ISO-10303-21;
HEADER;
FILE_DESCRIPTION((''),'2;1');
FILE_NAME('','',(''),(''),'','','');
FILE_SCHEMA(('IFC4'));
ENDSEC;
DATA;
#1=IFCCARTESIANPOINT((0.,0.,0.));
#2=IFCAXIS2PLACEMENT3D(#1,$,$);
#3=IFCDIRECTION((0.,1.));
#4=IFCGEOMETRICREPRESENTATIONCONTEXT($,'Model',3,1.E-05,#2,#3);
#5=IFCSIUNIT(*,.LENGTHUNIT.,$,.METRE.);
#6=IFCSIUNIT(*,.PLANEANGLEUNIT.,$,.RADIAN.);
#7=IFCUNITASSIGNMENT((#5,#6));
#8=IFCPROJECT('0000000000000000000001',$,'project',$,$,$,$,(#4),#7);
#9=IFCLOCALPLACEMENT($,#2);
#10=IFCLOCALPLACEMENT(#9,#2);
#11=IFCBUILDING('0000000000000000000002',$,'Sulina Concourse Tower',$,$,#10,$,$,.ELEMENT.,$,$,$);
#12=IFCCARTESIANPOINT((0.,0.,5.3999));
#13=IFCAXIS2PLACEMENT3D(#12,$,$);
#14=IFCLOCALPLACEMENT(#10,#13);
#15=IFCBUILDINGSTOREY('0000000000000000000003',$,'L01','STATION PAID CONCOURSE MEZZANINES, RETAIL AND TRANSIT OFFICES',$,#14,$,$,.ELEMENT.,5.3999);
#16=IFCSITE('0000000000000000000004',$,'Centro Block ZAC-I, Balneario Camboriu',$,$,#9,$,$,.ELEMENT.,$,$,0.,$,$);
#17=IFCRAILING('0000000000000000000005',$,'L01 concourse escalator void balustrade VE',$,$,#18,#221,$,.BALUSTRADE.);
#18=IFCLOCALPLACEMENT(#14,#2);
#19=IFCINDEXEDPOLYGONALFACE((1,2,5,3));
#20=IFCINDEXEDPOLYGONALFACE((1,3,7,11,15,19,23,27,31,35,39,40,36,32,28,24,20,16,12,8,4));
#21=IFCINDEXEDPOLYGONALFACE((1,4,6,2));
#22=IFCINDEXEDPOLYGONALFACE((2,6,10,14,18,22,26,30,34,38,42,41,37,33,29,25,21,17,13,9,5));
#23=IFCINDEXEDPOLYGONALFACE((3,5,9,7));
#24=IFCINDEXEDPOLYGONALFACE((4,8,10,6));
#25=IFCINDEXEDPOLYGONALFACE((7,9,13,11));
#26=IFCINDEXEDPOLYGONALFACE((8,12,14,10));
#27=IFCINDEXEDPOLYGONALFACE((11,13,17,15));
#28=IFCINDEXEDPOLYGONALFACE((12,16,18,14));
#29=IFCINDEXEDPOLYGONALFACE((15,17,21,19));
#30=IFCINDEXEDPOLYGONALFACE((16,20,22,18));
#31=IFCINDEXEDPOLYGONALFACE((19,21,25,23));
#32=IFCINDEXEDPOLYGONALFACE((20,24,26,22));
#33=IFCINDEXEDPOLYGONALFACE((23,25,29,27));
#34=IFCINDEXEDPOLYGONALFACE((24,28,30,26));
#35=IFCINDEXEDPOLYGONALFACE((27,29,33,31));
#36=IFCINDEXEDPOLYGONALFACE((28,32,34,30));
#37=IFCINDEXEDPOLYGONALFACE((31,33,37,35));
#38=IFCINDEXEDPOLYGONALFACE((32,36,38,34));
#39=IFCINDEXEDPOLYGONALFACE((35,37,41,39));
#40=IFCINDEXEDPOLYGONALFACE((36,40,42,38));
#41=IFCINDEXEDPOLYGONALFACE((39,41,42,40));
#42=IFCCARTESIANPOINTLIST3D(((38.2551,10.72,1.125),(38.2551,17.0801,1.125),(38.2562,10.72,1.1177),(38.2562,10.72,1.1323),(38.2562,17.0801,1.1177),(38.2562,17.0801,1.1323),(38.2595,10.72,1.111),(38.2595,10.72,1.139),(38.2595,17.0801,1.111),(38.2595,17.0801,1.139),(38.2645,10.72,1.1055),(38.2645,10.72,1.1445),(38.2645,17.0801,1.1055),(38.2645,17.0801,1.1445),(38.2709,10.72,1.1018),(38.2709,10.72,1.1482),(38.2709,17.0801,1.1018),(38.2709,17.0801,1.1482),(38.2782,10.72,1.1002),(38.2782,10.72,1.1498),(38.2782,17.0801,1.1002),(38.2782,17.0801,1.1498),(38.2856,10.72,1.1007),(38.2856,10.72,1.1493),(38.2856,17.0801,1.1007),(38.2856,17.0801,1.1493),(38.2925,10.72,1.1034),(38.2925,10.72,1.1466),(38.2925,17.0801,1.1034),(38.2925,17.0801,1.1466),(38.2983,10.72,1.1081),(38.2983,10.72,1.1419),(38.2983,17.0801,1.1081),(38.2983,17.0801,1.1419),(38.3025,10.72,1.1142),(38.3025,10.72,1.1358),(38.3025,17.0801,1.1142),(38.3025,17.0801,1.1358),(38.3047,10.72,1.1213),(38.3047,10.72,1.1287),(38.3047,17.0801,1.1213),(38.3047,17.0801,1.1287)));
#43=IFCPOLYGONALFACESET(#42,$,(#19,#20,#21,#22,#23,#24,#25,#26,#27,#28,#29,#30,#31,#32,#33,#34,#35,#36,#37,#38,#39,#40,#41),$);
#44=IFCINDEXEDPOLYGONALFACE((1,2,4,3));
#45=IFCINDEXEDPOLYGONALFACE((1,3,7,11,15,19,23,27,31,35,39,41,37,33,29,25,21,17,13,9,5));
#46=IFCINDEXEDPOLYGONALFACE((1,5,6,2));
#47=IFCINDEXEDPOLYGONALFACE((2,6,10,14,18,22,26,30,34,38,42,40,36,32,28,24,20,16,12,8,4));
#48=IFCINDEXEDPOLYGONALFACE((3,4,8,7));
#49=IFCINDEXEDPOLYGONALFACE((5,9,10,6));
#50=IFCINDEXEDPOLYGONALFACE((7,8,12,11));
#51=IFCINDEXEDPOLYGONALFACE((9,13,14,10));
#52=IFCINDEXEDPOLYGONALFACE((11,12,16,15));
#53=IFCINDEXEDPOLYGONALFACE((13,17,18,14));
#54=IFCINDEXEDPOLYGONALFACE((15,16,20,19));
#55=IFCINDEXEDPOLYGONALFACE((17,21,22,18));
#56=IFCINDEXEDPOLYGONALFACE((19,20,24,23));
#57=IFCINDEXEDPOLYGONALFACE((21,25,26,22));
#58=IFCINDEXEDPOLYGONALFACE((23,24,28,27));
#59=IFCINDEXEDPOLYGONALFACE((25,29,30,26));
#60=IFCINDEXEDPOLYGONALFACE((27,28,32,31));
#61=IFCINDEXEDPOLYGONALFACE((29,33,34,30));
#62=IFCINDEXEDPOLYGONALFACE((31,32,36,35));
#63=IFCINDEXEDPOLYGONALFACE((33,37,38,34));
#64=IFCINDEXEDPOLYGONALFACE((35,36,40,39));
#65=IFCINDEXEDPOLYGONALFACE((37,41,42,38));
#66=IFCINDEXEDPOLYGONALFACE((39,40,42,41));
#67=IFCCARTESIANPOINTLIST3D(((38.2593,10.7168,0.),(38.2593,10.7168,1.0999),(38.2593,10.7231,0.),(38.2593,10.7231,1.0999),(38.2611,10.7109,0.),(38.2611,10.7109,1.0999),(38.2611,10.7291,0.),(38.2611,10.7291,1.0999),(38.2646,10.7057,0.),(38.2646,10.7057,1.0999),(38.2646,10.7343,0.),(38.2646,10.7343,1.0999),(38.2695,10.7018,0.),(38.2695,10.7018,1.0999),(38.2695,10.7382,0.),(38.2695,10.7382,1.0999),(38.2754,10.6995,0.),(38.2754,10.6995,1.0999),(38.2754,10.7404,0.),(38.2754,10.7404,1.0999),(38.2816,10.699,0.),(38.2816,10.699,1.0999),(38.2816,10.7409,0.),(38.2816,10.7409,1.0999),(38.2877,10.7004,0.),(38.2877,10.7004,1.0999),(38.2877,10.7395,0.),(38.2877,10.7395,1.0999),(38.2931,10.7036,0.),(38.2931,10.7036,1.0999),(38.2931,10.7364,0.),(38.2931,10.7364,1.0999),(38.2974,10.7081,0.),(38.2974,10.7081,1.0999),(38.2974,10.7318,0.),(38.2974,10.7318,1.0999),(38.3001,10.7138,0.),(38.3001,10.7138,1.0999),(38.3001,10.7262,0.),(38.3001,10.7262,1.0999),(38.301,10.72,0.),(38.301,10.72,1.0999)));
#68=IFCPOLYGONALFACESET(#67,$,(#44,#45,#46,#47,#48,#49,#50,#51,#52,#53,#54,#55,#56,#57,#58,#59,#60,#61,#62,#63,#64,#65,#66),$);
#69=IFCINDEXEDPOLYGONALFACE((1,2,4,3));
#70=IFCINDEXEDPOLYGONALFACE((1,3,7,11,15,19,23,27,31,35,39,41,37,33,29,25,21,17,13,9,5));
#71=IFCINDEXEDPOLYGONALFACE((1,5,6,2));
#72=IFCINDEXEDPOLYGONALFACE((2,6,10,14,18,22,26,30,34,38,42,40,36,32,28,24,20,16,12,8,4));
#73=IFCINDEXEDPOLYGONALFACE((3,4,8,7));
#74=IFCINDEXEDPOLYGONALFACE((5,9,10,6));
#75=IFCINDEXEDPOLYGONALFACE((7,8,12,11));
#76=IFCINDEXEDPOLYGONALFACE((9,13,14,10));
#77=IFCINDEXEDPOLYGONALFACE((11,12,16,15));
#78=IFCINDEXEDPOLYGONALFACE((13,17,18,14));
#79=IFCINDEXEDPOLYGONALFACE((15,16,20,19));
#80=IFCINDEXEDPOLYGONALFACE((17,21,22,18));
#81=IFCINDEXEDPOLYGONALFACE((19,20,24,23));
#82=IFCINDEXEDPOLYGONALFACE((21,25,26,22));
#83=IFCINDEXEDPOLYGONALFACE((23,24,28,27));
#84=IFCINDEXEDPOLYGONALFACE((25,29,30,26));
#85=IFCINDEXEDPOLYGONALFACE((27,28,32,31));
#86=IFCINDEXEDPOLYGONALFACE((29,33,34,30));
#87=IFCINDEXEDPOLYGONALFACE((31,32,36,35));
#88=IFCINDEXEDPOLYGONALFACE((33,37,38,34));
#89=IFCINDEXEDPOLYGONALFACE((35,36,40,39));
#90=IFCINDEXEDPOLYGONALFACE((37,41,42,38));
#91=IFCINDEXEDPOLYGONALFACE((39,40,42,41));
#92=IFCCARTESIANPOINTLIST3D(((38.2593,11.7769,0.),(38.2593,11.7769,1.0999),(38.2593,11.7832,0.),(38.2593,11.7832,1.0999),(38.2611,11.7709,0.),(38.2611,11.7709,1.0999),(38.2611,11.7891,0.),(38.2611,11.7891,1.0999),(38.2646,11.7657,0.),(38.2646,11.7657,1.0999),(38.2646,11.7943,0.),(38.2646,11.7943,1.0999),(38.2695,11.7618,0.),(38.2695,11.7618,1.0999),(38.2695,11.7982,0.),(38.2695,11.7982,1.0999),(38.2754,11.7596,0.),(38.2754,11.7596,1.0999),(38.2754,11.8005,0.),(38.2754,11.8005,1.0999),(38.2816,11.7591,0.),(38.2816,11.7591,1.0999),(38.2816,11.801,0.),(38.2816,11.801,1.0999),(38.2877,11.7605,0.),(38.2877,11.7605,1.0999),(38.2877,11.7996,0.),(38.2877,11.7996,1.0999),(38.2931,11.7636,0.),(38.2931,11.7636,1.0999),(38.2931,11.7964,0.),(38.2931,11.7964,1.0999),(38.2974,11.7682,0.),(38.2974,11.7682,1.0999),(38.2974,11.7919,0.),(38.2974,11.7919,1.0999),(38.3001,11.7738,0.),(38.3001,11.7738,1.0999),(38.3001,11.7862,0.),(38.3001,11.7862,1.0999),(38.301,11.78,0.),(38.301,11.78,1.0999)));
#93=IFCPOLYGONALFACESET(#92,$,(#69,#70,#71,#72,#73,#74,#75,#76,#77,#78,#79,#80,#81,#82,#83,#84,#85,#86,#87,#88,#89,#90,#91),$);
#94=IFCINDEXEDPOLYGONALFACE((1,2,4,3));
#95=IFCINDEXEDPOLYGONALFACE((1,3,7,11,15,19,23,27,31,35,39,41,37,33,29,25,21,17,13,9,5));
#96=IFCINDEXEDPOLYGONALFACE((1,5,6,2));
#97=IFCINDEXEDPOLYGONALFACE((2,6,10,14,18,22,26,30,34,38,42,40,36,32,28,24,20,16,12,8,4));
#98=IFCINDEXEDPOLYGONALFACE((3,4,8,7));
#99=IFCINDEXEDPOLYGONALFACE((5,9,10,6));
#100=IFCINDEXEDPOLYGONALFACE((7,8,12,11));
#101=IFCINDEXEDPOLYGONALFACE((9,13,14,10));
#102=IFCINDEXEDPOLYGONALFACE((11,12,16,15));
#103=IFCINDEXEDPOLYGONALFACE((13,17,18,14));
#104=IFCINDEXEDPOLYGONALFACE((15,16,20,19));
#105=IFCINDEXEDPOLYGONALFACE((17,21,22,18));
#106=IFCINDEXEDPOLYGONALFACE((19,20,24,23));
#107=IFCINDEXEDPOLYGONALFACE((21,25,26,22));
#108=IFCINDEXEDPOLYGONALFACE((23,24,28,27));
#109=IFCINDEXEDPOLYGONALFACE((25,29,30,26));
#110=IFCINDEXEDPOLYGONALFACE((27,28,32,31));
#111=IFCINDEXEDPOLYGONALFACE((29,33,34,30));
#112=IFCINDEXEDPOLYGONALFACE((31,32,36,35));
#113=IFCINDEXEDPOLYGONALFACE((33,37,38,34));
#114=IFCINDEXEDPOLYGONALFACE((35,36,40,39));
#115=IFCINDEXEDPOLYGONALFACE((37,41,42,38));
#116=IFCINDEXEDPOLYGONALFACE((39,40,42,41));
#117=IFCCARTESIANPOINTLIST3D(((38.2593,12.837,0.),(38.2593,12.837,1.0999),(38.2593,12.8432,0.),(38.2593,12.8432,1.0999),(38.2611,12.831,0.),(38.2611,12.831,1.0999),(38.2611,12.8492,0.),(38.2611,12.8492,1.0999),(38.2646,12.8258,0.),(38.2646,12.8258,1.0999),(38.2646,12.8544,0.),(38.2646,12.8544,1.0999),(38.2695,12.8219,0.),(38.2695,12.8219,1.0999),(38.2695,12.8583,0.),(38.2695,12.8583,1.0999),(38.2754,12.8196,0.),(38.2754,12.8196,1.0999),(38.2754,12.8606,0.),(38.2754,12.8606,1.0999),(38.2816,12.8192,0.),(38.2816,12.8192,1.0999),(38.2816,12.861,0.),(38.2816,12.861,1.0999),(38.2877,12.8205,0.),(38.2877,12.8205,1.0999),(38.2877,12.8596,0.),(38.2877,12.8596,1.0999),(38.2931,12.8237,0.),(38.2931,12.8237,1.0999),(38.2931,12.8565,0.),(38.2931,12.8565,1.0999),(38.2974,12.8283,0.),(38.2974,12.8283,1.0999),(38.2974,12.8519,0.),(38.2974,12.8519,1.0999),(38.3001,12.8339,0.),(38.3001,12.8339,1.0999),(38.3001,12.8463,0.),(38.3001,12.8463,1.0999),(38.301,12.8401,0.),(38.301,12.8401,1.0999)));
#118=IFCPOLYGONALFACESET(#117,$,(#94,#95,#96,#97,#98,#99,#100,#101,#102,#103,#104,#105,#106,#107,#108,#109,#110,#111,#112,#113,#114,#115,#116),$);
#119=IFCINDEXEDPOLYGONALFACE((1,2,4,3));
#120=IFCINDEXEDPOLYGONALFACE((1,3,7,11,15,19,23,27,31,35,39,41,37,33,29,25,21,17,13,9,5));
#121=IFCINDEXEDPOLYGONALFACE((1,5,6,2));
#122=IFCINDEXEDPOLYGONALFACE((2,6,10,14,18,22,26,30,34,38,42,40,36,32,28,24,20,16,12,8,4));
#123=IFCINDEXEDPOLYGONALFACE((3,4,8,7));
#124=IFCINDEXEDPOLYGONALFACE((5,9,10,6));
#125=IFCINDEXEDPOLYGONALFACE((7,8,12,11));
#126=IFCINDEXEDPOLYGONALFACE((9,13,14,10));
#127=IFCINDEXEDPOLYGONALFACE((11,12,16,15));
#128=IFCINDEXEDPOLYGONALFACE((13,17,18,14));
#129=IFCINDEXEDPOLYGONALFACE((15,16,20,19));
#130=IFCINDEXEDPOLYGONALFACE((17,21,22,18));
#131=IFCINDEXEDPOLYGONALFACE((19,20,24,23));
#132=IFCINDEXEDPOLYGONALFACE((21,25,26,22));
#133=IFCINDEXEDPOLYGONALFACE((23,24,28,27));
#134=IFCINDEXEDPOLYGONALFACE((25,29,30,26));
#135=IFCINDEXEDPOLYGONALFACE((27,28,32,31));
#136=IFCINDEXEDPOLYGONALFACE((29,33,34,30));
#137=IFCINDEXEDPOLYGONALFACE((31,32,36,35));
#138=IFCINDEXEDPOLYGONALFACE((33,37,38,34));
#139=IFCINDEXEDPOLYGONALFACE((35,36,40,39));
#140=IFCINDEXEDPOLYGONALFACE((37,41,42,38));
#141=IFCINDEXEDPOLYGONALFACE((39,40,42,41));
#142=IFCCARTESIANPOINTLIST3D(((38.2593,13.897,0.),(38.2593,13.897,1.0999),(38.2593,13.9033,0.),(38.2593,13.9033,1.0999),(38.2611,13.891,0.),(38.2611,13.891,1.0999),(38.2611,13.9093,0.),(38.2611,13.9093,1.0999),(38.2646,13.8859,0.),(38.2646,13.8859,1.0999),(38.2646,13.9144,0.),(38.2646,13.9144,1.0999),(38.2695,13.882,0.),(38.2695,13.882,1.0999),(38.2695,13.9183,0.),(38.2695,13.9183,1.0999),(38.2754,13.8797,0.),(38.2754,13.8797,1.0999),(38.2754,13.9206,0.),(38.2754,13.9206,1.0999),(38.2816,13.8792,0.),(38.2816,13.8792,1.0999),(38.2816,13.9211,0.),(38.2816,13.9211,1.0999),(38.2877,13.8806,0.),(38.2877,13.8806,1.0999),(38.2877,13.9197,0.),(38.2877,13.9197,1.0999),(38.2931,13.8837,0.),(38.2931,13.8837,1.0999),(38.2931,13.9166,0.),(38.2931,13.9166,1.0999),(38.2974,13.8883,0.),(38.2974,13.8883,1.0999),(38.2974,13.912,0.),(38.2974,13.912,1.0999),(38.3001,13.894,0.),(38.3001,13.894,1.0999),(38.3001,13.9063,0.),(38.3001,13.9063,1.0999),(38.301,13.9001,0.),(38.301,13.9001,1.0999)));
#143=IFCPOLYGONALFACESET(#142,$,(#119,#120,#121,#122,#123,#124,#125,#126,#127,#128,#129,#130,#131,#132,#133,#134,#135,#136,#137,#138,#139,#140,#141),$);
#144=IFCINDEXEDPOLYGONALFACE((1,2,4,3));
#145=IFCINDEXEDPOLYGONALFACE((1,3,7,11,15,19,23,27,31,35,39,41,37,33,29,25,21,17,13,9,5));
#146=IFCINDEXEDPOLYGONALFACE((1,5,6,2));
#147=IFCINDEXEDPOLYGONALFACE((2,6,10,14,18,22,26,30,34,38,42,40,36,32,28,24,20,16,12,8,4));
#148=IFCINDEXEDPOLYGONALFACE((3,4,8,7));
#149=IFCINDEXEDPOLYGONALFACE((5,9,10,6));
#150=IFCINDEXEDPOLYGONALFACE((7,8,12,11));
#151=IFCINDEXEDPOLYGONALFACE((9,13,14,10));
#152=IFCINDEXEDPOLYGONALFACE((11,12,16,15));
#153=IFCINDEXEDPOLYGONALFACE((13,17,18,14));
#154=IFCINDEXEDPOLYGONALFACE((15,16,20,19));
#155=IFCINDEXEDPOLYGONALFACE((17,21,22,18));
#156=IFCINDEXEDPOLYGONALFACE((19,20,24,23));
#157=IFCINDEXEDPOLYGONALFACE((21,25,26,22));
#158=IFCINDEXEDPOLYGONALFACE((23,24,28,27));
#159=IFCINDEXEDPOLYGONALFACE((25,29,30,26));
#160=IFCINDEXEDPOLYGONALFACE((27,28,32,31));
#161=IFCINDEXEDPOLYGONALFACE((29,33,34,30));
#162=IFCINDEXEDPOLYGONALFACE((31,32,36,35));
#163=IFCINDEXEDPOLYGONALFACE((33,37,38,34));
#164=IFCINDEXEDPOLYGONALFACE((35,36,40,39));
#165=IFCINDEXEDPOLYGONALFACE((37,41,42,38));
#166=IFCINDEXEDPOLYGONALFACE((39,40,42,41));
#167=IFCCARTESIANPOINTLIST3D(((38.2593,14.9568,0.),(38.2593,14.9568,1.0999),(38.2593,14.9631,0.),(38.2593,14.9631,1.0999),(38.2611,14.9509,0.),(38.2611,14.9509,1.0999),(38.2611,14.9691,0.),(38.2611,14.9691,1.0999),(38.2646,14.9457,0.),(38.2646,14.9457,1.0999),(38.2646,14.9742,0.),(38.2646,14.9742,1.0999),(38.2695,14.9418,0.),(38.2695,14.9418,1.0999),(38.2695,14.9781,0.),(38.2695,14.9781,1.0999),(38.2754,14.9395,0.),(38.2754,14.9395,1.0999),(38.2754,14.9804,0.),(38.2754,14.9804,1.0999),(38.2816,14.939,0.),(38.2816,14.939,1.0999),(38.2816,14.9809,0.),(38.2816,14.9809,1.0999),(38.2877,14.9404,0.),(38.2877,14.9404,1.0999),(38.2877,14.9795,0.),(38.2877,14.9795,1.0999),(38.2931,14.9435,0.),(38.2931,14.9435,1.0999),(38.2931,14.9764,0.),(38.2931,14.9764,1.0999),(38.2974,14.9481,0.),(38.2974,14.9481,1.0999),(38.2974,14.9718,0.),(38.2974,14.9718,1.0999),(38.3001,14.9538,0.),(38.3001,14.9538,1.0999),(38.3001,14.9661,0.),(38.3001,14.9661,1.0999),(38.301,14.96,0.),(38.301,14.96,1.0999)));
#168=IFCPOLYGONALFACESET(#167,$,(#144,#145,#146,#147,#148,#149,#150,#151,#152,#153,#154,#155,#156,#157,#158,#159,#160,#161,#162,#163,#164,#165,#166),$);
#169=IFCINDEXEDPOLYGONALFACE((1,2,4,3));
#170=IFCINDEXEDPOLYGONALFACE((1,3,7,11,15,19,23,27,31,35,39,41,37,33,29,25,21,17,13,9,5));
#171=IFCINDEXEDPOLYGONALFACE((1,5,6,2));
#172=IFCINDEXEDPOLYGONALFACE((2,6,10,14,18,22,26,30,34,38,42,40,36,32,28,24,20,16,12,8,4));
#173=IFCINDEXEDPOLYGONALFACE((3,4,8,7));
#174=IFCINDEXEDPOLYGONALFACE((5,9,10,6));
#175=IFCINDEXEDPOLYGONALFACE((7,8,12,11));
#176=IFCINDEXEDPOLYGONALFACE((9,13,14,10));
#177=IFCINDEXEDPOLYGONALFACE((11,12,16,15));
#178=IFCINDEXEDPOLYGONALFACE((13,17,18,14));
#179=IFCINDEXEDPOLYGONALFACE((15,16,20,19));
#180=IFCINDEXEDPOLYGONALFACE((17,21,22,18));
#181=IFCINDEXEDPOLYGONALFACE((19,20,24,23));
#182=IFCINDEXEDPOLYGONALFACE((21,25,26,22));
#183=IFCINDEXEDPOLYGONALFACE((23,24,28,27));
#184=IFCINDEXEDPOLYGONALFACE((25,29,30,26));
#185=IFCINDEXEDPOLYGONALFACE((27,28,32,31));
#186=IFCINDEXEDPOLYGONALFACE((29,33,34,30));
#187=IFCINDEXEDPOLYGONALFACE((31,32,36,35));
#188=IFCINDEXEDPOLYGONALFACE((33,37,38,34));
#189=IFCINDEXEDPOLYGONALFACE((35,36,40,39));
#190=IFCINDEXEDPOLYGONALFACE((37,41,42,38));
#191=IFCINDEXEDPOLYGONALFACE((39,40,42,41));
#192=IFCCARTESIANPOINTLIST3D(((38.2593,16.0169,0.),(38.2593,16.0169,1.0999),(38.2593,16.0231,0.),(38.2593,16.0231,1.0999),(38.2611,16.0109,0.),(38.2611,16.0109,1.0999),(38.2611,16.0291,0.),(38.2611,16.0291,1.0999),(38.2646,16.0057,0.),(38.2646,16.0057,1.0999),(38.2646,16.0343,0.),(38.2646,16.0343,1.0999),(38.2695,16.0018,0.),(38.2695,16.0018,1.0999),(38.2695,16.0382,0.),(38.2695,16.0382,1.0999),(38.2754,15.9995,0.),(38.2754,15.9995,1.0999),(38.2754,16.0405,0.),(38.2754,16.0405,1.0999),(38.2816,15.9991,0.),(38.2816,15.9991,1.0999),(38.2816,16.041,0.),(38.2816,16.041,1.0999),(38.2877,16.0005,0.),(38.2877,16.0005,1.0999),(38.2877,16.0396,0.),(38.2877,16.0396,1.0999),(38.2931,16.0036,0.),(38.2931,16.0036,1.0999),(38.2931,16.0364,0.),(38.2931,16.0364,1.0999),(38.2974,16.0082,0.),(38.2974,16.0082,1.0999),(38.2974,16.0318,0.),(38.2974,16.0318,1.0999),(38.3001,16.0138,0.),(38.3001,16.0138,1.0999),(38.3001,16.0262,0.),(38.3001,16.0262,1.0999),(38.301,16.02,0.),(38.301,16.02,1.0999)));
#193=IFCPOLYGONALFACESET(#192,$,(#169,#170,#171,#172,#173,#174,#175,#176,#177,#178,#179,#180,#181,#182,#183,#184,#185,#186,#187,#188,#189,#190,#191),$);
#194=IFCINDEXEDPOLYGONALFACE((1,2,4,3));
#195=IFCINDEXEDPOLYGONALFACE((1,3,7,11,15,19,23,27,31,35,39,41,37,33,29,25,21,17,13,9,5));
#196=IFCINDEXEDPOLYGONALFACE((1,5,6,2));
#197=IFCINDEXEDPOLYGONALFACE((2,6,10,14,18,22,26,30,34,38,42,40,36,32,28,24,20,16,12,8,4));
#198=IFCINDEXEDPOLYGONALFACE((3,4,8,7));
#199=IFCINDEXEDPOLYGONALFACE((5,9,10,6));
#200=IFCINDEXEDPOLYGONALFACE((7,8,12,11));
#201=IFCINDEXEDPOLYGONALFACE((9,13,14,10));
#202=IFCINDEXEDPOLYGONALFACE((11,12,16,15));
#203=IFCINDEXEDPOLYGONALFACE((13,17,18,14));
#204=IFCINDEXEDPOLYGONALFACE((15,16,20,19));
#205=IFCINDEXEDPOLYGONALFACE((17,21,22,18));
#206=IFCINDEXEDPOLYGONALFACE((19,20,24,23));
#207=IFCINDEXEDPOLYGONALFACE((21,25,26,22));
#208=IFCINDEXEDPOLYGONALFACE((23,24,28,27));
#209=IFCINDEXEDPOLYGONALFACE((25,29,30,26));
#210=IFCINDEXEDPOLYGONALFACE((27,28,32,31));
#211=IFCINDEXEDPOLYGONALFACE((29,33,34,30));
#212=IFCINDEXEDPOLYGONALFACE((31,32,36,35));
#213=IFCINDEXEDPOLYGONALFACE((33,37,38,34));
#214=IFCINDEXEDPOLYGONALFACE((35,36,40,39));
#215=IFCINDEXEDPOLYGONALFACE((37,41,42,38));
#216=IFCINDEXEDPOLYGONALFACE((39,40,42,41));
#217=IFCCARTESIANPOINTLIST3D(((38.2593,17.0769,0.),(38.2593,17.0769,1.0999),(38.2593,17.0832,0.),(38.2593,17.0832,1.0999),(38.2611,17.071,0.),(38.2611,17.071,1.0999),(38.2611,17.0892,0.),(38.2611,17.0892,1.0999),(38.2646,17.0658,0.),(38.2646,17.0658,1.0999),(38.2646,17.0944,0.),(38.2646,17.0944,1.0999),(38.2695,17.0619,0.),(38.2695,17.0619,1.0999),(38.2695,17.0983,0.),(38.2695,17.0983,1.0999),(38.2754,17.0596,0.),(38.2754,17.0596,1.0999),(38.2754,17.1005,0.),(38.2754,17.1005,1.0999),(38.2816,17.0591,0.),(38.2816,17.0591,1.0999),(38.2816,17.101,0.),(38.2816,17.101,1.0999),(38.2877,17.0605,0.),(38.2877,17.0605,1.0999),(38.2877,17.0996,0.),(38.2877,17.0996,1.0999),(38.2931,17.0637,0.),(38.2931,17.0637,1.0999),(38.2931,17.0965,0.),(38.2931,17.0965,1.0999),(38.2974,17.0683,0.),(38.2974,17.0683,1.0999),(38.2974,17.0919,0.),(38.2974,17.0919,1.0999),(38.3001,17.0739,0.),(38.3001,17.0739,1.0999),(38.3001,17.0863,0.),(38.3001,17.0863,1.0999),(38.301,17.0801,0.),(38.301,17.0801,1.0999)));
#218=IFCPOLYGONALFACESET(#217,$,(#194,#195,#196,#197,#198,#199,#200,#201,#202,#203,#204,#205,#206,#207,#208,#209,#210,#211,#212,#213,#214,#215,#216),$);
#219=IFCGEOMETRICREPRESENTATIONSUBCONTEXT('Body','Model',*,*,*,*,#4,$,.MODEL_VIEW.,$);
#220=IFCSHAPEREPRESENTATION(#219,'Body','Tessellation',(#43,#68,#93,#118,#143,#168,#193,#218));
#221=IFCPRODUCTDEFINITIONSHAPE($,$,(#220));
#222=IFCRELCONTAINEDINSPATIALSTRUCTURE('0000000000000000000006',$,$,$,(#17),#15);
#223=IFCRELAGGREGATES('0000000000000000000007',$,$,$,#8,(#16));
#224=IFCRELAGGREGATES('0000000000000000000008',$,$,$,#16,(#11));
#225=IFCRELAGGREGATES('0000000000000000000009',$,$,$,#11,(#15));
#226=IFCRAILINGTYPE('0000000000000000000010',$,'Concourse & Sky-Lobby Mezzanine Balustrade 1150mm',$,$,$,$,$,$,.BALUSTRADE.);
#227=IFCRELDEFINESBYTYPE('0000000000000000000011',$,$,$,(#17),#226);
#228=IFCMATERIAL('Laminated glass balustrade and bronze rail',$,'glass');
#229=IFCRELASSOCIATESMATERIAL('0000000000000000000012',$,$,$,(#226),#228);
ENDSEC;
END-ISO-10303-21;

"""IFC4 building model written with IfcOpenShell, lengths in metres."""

from ifc_helpers import new_model, si_unit, direction, frame, origin, origin_2d, place, context, subcontext, project, spatial, circle, extrude, material, type_object, element, save


model = new_model("IFC4")

# Units and contexts
model_context = context("Model", 3, precision=1e-05, world=origin(), true_north=direction((0.0, 1.0)))
body_context = subcontext(model_context, "Body", "Model", "MODEL_VIEW")
ifc_project = project(units=[si_unit("LENGTHUNIT", "METRE"), si_unit("PLANEANGLEUNIT", "RADIAN")], contexts=[model_context])

# Site, building, storey
site_placement = place(None, origin())
site = spatial("IfcSite", under=ifc_project, at=site_placement, Name="Centro Block ZAC-I, Balneario Camboriu", CompositionType="ELEMENT", RefElevation=0.0)
building_placement = place(site_placement, origin())
building = spatial("IfcBuilding", under=site, at=building_placement, Name="Sulina Concourse Tower", CompositionType="ELEMENT")
storey_placement = place(building_placement, frame((0.0, 0.0, 5.3999)))
storey = spatial("IfcBuildingStorey", under=building, at=storey_placement, Name="L01", Description="STATION PAID CONCOURSE MEZZANINES, RETAIL AND TRANSIT OFFICES", CompositionType="ELEMENT", Elevation=5.3999)

# Railing
ifc_material_1 = material(Name="Laminated glass balustrade and bronze rail", Category="glass")
railing_type = type_object("IfcRailingType", Name="Concourse & Sky-Lobby Mezzanine Balustrade 1150mm", PredefinedType="BALUSTRADE", material=ifc_material_1)
railing_1_placement = place(storey_placement, frame((38.28, 10.72, 0.0)))
element("IfcRailing", 1, at=railing_1_placement, inside=storey, type_object=railing_type, Name="L01 concourse escalator void balustrade VE", PredefinedType="BALUSTRADE", context=body_context, shape_type="SweptSolid", body=[
    extrude(circle(Radius=0.0249, at=origin_2d()), frame((0.0, 0.0, 1.125), z_axis=(0.0, 1.0, 0.0), x_axis=(-1.0, 0.0, 0.0)), (0.0, 0.0, 1.0), 6.3601),
    extrude(circle(Radius=0.021, at=origin_2d()), origin(), (0.0, 0.0, 1.0), 1.0999),
    extrude(circle(Radius=0.021, at=origin_2d()), frame((0.0, 1.0601, 0.0)), (0.0, 0.0, 1.0), 1.0999),
    extrude(circle(Radius=0.021, at=origin_2d()), frame((0.0, 2.1201, 0.0)), (0.0, 0.0, 1.0), 1.0999),
    extrude(circle(Radius=0.021, at=origin_2d()), frame((0.0, 3.1802, 0.0)), (0.0, 0.0, 1.0), 1.0999),
    extrude(circle(Radius=0.021, at=origin_2d()), frame((0.0, 4.24, 0.0)), (0.0, 0.0, 1.0), 1.0999),
    extrude(circle(Radius=0.021, at=origin_2d()), frame((0.0, 5.3, 0.0)), (0.0, 0.0, 1.0), 1.0999),
    extrude(circle(Radius=0.021, at=origin_2d()), frame((0.0, 6.3601, 0.0)), (0.0, 0.0, 1.0), 1.0999),
])

save(model, "model.ifc")
